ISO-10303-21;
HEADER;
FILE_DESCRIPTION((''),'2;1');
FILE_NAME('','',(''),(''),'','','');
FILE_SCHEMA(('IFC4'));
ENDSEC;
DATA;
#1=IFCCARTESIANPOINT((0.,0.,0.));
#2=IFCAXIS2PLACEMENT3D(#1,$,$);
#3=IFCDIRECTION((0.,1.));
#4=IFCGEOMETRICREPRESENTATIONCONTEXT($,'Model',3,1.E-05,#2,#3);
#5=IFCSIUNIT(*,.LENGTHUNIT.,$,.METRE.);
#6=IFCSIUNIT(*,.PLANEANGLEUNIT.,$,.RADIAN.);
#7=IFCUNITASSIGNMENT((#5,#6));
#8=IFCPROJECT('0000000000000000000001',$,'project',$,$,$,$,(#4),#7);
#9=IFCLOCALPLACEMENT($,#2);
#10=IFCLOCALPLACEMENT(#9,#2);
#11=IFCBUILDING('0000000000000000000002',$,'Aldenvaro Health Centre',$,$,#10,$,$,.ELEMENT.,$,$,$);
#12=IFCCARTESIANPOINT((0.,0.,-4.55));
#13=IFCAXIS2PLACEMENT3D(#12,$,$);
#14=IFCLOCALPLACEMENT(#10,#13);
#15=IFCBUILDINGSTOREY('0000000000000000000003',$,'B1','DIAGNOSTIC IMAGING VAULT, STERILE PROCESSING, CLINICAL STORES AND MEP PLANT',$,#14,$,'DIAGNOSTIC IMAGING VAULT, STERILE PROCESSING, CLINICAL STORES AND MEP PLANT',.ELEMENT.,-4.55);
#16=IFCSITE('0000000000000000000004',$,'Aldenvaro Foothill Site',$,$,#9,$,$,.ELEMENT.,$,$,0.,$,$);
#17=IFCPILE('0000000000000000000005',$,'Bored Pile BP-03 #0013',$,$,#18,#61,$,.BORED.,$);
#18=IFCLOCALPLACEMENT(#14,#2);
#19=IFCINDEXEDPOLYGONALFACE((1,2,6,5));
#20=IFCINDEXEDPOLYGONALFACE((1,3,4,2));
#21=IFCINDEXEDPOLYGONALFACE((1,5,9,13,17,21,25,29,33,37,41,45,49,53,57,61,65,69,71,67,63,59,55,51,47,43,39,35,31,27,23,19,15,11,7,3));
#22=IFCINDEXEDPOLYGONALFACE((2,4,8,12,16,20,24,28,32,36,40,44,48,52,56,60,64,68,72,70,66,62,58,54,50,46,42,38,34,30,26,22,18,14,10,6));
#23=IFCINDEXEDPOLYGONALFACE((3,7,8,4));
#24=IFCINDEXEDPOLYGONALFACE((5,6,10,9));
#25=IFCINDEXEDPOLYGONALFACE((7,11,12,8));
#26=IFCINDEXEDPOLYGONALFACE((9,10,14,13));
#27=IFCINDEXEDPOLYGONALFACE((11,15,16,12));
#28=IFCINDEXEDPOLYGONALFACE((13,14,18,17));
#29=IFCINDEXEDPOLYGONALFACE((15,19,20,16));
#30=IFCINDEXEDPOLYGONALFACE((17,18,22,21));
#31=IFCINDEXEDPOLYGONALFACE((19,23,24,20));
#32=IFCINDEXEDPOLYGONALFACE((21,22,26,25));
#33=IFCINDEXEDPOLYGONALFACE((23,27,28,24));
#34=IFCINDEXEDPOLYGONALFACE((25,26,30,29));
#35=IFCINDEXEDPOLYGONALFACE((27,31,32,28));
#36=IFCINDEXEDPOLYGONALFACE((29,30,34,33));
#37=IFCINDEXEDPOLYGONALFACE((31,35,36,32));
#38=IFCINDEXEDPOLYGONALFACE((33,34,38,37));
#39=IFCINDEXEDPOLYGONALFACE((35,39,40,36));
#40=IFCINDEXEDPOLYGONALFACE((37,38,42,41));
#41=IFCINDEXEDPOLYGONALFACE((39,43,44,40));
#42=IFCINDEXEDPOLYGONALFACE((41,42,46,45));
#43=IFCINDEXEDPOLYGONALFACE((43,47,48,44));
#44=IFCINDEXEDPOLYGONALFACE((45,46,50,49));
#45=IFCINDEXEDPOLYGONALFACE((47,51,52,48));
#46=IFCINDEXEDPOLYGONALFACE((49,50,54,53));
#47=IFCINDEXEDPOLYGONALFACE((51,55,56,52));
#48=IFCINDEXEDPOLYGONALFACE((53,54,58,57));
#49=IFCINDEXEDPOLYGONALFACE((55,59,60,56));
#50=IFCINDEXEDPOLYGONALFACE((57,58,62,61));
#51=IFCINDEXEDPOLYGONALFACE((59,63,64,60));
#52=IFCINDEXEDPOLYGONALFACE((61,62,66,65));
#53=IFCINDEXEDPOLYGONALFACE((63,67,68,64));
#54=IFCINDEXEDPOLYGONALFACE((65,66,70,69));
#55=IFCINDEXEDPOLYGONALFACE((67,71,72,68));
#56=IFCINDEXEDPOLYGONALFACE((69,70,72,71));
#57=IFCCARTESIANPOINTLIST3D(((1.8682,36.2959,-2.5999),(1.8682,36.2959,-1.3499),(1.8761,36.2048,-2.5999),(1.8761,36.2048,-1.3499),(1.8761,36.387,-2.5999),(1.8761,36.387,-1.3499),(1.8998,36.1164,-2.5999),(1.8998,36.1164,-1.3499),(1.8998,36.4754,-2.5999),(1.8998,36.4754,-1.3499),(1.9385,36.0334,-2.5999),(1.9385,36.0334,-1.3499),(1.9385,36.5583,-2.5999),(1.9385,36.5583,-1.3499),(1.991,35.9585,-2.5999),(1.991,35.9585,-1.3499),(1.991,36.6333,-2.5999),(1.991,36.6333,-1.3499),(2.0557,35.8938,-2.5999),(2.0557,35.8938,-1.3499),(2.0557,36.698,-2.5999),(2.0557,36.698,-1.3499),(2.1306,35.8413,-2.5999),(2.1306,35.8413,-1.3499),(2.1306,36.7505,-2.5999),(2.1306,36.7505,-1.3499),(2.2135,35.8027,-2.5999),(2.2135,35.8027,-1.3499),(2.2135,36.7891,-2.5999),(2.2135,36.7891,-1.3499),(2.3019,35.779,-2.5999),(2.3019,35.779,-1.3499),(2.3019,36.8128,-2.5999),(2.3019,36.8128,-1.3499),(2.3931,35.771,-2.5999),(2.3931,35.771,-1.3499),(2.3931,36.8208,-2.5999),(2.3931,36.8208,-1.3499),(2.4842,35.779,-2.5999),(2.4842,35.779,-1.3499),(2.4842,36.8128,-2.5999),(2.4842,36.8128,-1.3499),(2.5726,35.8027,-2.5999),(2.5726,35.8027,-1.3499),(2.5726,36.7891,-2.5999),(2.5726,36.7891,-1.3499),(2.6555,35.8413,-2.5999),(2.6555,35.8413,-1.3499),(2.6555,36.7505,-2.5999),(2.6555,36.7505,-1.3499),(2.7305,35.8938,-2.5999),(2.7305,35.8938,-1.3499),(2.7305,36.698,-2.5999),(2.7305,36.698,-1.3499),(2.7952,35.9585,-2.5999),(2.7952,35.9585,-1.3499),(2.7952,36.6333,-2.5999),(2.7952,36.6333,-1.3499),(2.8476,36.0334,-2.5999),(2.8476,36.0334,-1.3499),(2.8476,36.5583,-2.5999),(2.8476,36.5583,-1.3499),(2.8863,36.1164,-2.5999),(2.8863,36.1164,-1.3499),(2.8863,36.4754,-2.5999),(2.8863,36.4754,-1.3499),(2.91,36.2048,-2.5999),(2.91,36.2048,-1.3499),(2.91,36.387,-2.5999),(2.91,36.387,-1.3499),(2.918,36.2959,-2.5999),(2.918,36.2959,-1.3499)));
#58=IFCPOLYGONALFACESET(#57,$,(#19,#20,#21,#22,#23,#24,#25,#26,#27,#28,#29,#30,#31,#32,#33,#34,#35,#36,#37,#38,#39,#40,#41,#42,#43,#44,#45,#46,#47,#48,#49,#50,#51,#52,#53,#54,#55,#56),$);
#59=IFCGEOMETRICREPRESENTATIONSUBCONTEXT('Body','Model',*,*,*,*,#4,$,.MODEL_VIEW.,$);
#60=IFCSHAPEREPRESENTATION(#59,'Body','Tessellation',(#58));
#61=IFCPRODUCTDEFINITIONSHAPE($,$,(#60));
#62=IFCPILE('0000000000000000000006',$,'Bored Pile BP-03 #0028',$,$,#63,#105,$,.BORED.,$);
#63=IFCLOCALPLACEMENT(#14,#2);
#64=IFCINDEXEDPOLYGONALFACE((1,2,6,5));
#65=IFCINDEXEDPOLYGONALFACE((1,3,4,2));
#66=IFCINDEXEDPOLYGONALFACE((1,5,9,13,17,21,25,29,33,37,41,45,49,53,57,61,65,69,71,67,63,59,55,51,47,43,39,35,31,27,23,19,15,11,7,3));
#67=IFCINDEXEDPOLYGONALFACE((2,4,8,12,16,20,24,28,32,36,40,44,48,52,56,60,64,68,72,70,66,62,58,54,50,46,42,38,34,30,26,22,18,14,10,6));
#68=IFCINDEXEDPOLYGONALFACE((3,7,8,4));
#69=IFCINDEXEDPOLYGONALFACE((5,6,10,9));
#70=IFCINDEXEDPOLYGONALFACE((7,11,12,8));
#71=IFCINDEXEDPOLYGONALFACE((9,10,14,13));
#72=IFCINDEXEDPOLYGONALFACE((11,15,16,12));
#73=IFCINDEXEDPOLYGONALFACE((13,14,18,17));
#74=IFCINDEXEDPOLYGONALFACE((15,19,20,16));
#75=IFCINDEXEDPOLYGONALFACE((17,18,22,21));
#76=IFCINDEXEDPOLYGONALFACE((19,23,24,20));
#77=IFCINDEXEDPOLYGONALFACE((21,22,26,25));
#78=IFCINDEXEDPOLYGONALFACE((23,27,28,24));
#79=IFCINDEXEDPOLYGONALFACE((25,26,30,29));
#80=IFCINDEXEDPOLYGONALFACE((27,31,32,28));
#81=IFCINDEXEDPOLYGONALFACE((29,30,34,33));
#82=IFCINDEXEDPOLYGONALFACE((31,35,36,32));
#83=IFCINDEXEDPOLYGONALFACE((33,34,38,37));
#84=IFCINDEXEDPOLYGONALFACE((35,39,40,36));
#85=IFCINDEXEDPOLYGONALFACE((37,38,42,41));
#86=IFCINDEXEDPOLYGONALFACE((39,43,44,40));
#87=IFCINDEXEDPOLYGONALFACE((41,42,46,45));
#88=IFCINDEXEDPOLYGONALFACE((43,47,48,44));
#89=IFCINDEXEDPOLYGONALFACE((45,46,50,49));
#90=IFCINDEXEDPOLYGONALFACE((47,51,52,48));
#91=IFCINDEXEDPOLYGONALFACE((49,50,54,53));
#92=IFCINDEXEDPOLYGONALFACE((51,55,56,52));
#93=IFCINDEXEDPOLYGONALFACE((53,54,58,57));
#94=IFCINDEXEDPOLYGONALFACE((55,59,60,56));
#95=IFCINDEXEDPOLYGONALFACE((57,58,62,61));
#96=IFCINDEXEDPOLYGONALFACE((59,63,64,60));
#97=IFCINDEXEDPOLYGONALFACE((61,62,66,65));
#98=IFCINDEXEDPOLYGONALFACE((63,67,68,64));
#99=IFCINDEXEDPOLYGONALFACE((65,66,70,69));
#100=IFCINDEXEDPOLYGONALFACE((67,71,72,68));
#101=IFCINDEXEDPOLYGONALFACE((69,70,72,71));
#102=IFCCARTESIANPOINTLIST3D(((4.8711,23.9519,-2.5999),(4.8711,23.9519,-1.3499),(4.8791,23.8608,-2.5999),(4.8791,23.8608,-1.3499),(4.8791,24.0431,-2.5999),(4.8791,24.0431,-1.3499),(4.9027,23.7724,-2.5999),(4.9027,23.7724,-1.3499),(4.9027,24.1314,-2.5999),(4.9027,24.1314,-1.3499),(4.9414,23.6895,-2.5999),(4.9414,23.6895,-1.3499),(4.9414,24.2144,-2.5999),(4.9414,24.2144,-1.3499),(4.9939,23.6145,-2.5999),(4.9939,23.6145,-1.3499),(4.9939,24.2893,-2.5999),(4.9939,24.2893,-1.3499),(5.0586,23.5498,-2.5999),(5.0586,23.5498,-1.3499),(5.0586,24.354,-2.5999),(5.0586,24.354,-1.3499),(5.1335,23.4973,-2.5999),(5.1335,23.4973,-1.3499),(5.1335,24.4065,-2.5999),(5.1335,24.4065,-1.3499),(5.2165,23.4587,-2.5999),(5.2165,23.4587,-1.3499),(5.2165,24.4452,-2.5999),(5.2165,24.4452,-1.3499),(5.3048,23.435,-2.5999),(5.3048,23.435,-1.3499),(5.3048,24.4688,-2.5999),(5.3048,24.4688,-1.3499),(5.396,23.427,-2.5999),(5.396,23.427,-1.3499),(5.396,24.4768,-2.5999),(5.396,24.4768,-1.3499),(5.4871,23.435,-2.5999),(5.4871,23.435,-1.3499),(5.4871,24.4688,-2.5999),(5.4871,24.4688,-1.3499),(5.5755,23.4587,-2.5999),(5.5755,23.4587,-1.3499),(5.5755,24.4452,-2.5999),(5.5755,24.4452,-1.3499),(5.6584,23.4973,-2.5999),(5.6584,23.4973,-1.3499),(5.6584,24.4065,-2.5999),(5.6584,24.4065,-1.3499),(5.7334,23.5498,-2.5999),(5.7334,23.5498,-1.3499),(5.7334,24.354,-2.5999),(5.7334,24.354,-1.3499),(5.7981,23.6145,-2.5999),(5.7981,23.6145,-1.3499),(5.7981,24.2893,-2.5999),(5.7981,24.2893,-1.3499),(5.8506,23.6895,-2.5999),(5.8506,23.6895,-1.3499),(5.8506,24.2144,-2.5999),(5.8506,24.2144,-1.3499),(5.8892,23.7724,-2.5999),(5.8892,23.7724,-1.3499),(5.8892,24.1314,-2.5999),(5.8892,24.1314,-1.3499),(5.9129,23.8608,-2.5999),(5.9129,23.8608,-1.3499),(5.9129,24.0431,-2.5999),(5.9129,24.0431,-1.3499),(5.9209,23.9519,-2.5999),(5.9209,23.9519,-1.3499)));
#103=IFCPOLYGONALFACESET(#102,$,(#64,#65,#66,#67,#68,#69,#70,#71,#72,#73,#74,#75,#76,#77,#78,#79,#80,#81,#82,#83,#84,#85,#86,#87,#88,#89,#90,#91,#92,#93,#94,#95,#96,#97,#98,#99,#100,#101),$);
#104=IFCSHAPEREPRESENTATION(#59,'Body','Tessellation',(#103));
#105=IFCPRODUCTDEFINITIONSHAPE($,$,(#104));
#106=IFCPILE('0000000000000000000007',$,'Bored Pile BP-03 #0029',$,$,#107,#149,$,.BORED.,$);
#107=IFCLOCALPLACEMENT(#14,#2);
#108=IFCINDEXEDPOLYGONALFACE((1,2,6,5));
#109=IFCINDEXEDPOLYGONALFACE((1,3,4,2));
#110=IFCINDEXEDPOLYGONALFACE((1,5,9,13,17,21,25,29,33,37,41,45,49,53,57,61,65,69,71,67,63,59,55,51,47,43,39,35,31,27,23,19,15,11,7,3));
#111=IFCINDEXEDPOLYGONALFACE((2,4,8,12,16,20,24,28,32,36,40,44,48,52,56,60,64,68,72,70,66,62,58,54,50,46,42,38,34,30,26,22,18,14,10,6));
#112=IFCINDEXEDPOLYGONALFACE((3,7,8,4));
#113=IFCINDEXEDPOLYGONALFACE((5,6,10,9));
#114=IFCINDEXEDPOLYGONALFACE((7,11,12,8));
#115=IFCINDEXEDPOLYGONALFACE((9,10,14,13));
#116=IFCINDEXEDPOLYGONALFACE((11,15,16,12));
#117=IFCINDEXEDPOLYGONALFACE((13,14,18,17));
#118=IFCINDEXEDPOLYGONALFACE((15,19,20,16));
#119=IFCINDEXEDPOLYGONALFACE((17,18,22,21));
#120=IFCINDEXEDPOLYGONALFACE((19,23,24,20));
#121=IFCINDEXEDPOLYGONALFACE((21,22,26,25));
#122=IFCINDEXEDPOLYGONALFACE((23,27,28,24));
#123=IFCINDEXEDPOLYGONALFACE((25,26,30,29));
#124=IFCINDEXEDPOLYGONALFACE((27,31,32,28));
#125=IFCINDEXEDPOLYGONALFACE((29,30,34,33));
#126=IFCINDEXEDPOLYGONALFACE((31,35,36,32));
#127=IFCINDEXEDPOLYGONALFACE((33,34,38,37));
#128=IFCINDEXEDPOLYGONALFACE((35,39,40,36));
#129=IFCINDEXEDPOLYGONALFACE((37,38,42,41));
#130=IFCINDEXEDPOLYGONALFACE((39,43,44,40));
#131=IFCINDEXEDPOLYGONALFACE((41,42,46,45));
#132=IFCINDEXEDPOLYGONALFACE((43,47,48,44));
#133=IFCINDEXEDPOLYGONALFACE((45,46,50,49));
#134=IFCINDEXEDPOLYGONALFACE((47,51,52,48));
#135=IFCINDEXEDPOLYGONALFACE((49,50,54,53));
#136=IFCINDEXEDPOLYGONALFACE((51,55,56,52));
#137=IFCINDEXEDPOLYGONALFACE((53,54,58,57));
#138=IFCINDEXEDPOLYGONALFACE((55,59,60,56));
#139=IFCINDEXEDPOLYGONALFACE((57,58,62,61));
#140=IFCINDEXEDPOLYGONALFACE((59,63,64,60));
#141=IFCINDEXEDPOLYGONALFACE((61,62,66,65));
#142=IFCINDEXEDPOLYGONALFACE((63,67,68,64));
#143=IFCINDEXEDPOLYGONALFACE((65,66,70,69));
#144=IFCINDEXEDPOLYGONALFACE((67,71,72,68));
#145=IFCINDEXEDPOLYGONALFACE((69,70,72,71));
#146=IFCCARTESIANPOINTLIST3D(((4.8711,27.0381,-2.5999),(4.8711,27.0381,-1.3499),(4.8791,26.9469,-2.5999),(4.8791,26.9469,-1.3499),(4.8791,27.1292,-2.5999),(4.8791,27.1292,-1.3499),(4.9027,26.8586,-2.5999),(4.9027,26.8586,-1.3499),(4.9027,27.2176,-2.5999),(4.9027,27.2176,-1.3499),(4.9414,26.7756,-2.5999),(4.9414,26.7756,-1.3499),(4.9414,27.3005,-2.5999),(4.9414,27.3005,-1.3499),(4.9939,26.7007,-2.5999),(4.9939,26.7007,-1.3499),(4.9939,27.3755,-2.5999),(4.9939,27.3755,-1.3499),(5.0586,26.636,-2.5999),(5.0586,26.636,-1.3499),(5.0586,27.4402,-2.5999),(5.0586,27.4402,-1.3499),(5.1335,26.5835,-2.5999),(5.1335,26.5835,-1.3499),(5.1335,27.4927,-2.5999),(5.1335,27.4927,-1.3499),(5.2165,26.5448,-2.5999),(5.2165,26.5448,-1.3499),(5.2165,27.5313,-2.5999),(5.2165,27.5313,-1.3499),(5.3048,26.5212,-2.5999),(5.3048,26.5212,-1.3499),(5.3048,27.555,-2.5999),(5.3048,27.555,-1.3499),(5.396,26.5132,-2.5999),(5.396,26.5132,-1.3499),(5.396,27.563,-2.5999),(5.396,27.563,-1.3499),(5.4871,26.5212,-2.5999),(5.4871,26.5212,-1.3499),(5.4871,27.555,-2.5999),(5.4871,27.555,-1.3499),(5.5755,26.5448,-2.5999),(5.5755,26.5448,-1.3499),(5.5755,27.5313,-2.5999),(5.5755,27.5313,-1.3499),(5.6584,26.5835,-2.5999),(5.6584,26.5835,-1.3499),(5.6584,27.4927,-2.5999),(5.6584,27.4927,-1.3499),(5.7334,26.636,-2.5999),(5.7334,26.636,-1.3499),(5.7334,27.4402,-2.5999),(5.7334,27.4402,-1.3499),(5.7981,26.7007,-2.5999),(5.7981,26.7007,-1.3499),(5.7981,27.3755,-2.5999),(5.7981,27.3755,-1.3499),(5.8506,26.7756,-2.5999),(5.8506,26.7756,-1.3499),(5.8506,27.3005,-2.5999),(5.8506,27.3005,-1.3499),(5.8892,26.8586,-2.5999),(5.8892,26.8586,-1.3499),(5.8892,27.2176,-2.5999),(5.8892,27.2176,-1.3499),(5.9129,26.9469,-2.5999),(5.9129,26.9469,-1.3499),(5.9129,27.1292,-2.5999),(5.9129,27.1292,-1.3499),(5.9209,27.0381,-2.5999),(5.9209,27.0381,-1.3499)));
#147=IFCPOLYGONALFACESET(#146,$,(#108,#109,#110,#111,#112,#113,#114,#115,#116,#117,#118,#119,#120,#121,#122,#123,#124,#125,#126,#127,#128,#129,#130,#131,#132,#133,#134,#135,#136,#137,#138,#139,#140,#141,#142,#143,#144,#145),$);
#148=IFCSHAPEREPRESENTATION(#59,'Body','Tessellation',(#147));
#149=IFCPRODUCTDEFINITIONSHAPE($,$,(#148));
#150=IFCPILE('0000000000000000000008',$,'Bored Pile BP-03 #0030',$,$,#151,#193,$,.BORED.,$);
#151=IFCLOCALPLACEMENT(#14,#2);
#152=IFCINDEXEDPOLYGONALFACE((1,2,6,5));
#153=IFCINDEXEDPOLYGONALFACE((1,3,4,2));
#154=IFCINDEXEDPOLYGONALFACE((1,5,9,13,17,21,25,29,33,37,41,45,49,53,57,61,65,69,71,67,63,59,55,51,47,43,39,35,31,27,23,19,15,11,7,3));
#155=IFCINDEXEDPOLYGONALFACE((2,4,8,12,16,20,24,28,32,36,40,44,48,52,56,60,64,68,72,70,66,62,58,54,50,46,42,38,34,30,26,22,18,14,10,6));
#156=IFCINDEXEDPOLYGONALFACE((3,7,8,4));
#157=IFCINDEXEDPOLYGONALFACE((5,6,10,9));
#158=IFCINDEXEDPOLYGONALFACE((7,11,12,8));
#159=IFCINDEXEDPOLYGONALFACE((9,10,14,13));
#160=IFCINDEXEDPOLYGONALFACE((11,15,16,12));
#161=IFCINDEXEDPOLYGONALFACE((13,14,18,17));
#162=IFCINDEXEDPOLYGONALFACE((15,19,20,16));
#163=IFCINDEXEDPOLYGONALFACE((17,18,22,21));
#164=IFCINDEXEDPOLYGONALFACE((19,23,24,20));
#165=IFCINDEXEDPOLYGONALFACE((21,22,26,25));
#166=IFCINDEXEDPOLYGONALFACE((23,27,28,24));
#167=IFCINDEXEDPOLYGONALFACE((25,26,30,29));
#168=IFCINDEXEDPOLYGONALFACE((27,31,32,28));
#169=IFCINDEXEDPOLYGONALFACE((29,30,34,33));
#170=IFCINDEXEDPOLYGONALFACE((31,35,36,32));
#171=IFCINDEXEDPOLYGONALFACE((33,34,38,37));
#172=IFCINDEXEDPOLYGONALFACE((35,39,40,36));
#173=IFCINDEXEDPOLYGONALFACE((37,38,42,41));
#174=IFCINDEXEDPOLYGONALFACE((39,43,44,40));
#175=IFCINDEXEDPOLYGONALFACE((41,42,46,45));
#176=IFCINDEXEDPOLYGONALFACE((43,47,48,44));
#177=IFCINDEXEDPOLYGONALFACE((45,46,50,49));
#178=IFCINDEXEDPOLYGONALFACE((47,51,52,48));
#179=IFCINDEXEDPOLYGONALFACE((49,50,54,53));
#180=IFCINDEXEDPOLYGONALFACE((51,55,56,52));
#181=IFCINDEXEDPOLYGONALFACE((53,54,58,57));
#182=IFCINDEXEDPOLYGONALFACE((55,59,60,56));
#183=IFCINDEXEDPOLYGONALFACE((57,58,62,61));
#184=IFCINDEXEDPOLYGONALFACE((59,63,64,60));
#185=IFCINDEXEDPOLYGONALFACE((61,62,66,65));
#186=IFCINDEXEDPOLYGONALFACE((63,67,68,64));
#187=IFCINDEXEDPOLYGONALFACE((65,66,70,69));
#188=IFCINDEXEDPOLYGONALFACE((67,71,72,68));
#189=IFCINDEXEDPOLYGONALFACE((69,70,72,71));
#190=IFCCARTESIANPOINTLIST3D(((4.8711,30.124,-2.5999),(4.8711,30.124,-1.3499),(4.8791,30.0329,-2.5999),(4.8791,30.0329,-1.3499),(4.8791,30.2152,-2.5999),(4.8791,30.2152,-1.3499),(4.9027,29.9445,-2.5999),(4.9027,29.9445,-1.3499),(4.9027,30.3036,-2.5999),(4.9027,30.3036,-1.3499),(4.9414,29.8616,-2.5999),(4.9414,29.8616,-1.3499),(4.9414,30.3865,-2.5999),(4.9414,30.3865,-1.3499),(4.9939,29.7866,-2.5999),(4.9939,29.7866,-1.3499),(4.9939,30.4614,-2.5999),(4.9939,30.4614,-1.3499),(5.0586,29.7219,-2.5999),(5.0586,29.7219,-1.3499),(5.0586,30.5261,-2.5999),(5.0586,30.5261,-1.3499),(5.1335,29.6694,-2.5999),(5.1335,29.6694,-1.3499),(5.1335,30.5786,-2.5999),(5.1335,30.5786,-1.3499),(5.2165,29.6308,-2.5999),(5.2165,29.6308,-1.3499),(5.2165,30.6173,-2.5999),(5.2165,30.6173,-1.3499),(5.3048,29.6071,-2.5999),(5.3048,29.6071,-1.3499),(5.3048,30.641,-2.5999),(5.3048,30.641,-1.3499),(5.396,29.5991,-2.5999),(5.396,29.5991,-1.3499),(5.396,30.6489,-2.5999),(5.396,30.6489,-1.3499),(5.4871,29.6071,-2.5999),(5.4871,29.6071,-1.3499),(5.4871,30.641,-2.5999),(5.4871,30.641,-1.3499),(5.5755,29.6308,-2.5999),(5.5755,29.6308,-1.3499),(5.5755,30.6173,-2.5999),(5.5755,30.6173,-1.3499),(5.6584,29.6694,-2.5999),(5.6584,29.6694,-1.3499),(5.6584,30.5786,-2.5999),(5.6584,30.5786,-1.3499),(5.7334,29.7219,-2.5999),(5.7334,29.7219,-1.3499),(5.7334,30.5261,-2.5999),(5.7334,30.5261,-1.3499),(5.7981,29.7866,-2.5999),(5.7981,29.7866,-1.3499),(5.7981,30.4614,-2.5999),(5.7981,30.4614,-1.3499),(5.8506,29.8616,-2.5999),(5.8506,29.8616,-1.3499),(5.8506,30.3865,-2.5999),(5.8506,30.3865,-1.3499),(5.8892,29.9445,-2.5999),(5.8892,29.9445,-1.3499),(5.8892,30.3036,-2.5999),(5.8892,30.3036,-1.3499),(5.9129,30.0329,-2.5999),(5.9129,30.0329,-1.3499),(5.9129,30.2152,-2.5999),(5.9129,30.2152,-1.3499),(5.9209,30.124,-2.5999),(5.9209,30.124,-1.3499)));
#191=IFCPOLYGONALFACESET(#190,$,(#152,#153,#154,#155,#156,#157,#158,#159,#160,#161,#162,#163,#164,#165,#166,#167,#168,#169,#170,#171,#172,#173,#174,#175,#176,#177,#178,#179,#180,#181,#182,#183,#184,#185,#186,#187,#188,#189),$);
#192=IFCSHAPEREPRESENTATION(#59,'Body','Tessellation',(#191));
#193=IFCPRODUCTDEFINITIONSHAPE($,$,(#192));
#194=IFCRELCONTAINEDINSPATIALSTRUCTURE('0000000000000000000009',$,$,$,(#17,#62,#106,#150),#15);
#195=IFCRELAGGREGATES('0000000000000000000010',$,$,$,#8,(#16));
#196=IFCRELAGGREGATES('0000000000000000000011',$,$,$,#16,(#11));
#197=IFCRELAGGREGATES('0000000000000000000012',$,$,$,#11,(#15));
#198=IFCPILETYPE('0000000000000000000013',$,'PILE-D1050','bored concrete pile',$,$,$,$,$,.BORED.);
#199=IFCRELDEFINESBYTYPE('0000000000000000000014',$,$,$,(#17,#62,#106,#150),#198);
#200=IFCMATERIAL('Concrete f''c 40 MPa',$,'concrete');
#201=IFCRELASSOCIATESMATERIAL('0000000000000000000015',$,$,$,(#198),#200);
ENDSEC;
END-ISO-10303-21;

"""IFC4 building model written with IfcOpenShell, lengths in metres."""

from ifc_helpers import new_model, si_unit, direction, frame, origin, origin_2d, place, context, subcontext, project, spatial, circle, extrude, material, material_profile, profile_set, type_object, element, save


model = new_model("IFC4")

# Units and contexts
model_context = context("Model", 3, precision=1e-05, world=origin(), true_north=direction((0.0, 1.0)))
body_context = subcontext(model_context, "Body", "Model", "MODEL_VIEW")
ifc_project = project(units=[si_unit("LENGTHUNIT", "METRE"), si_unit("PLANEANGLEUNIT", "RADIAN")], contexts=[model_context])

# Site, building, storey
site_placement = place(None, origin())
site = spatial("IfcSite", under=ifc_project, at=site_placement, Name="Aldenvaro Foothill Site", CompositionType="ELEMENT", RefElevation=0.0)
building_placement = place(site_placement, origin())
building = spatial("IfcBuilding", under=site, at=building_placement, Name="Aldenvaro Health Centre", CompositionType="ELEMENT")
storey_placement = place(building_placement, frame((0.0, 0.0, -4.55)))
storey = spatial("IfcBuildingStorey", under=building, at=storey_placement, Name="B1", Description="DIAGNOSTIC IMAGING VAULT, STERILE PROCESSING, CLINICAL STORES AND MEP PLANT", LongName="DIAGNOSTIC IMAGING VAULT, STERILE PROCESSING, CLINICAL STORES AND MEP PLANT", CompositionType="ELEMENT", Elevation=-4.55)

# Piles
ifc_material_1 = material(Name="Concrete f'c 40 MPa", Category="concrete")
ifc_material_profile_1 = material_profile(ifc_material_1, circle(Radius=0.5249, at=origin_2d()), Name="PILE D1050", Category="concrete")
ifc_profile_set_1 = profile_set([ifc_material_profile_1], Name="Concrete f'c 40 MPa")
pile_type = type_object("IfcPileType", Name="PILE-D1050", Description="bored concrete pile", PredefinedType="BORED", material=ifc_profile_set_1)
for number, where, z_axis, x_axis, name in (
    (1, (2.3931, 36.2959, -1.3499), (0.0, 0.0, -1.0), (1.0, 0.0, 0.0), "Bored Pile BP-03 #0013"),
    (2, (5.396, 23.9519, -1.3499), (0.0, 0.0, -1.0), (1.0, 0.0, 0.0), "Bored Pile BP-03 #0028"),
    (3, (5.396, 27.0381, -1.3499), (0.0, 0.0, -1.0), (1.0, 0.0, 0.0), "Bored Pile BP-03 #0029"),
    (4, (5.396, 30.124, -1.3499), (0.0, 0.0, -1.0), (1.0, 0.0, 0.0), "Bored Pile BP-03 #0030"),
):
    element("IfcPile", number, at=place(storey_placement, frame(where, z_axis=z_axis, x_axis=x_axis)), inside=storey, type_object=pile_type, Name=name, PredefinedType="BORED", context=body_context, shape_type="SweptSolid", body=[
        extrude(circle(Radius=0.5249, at=origin_2d()), origin(), (0.0, 0.0, 1.0), 1.25),
    ])

save(model, "model.ifc")
